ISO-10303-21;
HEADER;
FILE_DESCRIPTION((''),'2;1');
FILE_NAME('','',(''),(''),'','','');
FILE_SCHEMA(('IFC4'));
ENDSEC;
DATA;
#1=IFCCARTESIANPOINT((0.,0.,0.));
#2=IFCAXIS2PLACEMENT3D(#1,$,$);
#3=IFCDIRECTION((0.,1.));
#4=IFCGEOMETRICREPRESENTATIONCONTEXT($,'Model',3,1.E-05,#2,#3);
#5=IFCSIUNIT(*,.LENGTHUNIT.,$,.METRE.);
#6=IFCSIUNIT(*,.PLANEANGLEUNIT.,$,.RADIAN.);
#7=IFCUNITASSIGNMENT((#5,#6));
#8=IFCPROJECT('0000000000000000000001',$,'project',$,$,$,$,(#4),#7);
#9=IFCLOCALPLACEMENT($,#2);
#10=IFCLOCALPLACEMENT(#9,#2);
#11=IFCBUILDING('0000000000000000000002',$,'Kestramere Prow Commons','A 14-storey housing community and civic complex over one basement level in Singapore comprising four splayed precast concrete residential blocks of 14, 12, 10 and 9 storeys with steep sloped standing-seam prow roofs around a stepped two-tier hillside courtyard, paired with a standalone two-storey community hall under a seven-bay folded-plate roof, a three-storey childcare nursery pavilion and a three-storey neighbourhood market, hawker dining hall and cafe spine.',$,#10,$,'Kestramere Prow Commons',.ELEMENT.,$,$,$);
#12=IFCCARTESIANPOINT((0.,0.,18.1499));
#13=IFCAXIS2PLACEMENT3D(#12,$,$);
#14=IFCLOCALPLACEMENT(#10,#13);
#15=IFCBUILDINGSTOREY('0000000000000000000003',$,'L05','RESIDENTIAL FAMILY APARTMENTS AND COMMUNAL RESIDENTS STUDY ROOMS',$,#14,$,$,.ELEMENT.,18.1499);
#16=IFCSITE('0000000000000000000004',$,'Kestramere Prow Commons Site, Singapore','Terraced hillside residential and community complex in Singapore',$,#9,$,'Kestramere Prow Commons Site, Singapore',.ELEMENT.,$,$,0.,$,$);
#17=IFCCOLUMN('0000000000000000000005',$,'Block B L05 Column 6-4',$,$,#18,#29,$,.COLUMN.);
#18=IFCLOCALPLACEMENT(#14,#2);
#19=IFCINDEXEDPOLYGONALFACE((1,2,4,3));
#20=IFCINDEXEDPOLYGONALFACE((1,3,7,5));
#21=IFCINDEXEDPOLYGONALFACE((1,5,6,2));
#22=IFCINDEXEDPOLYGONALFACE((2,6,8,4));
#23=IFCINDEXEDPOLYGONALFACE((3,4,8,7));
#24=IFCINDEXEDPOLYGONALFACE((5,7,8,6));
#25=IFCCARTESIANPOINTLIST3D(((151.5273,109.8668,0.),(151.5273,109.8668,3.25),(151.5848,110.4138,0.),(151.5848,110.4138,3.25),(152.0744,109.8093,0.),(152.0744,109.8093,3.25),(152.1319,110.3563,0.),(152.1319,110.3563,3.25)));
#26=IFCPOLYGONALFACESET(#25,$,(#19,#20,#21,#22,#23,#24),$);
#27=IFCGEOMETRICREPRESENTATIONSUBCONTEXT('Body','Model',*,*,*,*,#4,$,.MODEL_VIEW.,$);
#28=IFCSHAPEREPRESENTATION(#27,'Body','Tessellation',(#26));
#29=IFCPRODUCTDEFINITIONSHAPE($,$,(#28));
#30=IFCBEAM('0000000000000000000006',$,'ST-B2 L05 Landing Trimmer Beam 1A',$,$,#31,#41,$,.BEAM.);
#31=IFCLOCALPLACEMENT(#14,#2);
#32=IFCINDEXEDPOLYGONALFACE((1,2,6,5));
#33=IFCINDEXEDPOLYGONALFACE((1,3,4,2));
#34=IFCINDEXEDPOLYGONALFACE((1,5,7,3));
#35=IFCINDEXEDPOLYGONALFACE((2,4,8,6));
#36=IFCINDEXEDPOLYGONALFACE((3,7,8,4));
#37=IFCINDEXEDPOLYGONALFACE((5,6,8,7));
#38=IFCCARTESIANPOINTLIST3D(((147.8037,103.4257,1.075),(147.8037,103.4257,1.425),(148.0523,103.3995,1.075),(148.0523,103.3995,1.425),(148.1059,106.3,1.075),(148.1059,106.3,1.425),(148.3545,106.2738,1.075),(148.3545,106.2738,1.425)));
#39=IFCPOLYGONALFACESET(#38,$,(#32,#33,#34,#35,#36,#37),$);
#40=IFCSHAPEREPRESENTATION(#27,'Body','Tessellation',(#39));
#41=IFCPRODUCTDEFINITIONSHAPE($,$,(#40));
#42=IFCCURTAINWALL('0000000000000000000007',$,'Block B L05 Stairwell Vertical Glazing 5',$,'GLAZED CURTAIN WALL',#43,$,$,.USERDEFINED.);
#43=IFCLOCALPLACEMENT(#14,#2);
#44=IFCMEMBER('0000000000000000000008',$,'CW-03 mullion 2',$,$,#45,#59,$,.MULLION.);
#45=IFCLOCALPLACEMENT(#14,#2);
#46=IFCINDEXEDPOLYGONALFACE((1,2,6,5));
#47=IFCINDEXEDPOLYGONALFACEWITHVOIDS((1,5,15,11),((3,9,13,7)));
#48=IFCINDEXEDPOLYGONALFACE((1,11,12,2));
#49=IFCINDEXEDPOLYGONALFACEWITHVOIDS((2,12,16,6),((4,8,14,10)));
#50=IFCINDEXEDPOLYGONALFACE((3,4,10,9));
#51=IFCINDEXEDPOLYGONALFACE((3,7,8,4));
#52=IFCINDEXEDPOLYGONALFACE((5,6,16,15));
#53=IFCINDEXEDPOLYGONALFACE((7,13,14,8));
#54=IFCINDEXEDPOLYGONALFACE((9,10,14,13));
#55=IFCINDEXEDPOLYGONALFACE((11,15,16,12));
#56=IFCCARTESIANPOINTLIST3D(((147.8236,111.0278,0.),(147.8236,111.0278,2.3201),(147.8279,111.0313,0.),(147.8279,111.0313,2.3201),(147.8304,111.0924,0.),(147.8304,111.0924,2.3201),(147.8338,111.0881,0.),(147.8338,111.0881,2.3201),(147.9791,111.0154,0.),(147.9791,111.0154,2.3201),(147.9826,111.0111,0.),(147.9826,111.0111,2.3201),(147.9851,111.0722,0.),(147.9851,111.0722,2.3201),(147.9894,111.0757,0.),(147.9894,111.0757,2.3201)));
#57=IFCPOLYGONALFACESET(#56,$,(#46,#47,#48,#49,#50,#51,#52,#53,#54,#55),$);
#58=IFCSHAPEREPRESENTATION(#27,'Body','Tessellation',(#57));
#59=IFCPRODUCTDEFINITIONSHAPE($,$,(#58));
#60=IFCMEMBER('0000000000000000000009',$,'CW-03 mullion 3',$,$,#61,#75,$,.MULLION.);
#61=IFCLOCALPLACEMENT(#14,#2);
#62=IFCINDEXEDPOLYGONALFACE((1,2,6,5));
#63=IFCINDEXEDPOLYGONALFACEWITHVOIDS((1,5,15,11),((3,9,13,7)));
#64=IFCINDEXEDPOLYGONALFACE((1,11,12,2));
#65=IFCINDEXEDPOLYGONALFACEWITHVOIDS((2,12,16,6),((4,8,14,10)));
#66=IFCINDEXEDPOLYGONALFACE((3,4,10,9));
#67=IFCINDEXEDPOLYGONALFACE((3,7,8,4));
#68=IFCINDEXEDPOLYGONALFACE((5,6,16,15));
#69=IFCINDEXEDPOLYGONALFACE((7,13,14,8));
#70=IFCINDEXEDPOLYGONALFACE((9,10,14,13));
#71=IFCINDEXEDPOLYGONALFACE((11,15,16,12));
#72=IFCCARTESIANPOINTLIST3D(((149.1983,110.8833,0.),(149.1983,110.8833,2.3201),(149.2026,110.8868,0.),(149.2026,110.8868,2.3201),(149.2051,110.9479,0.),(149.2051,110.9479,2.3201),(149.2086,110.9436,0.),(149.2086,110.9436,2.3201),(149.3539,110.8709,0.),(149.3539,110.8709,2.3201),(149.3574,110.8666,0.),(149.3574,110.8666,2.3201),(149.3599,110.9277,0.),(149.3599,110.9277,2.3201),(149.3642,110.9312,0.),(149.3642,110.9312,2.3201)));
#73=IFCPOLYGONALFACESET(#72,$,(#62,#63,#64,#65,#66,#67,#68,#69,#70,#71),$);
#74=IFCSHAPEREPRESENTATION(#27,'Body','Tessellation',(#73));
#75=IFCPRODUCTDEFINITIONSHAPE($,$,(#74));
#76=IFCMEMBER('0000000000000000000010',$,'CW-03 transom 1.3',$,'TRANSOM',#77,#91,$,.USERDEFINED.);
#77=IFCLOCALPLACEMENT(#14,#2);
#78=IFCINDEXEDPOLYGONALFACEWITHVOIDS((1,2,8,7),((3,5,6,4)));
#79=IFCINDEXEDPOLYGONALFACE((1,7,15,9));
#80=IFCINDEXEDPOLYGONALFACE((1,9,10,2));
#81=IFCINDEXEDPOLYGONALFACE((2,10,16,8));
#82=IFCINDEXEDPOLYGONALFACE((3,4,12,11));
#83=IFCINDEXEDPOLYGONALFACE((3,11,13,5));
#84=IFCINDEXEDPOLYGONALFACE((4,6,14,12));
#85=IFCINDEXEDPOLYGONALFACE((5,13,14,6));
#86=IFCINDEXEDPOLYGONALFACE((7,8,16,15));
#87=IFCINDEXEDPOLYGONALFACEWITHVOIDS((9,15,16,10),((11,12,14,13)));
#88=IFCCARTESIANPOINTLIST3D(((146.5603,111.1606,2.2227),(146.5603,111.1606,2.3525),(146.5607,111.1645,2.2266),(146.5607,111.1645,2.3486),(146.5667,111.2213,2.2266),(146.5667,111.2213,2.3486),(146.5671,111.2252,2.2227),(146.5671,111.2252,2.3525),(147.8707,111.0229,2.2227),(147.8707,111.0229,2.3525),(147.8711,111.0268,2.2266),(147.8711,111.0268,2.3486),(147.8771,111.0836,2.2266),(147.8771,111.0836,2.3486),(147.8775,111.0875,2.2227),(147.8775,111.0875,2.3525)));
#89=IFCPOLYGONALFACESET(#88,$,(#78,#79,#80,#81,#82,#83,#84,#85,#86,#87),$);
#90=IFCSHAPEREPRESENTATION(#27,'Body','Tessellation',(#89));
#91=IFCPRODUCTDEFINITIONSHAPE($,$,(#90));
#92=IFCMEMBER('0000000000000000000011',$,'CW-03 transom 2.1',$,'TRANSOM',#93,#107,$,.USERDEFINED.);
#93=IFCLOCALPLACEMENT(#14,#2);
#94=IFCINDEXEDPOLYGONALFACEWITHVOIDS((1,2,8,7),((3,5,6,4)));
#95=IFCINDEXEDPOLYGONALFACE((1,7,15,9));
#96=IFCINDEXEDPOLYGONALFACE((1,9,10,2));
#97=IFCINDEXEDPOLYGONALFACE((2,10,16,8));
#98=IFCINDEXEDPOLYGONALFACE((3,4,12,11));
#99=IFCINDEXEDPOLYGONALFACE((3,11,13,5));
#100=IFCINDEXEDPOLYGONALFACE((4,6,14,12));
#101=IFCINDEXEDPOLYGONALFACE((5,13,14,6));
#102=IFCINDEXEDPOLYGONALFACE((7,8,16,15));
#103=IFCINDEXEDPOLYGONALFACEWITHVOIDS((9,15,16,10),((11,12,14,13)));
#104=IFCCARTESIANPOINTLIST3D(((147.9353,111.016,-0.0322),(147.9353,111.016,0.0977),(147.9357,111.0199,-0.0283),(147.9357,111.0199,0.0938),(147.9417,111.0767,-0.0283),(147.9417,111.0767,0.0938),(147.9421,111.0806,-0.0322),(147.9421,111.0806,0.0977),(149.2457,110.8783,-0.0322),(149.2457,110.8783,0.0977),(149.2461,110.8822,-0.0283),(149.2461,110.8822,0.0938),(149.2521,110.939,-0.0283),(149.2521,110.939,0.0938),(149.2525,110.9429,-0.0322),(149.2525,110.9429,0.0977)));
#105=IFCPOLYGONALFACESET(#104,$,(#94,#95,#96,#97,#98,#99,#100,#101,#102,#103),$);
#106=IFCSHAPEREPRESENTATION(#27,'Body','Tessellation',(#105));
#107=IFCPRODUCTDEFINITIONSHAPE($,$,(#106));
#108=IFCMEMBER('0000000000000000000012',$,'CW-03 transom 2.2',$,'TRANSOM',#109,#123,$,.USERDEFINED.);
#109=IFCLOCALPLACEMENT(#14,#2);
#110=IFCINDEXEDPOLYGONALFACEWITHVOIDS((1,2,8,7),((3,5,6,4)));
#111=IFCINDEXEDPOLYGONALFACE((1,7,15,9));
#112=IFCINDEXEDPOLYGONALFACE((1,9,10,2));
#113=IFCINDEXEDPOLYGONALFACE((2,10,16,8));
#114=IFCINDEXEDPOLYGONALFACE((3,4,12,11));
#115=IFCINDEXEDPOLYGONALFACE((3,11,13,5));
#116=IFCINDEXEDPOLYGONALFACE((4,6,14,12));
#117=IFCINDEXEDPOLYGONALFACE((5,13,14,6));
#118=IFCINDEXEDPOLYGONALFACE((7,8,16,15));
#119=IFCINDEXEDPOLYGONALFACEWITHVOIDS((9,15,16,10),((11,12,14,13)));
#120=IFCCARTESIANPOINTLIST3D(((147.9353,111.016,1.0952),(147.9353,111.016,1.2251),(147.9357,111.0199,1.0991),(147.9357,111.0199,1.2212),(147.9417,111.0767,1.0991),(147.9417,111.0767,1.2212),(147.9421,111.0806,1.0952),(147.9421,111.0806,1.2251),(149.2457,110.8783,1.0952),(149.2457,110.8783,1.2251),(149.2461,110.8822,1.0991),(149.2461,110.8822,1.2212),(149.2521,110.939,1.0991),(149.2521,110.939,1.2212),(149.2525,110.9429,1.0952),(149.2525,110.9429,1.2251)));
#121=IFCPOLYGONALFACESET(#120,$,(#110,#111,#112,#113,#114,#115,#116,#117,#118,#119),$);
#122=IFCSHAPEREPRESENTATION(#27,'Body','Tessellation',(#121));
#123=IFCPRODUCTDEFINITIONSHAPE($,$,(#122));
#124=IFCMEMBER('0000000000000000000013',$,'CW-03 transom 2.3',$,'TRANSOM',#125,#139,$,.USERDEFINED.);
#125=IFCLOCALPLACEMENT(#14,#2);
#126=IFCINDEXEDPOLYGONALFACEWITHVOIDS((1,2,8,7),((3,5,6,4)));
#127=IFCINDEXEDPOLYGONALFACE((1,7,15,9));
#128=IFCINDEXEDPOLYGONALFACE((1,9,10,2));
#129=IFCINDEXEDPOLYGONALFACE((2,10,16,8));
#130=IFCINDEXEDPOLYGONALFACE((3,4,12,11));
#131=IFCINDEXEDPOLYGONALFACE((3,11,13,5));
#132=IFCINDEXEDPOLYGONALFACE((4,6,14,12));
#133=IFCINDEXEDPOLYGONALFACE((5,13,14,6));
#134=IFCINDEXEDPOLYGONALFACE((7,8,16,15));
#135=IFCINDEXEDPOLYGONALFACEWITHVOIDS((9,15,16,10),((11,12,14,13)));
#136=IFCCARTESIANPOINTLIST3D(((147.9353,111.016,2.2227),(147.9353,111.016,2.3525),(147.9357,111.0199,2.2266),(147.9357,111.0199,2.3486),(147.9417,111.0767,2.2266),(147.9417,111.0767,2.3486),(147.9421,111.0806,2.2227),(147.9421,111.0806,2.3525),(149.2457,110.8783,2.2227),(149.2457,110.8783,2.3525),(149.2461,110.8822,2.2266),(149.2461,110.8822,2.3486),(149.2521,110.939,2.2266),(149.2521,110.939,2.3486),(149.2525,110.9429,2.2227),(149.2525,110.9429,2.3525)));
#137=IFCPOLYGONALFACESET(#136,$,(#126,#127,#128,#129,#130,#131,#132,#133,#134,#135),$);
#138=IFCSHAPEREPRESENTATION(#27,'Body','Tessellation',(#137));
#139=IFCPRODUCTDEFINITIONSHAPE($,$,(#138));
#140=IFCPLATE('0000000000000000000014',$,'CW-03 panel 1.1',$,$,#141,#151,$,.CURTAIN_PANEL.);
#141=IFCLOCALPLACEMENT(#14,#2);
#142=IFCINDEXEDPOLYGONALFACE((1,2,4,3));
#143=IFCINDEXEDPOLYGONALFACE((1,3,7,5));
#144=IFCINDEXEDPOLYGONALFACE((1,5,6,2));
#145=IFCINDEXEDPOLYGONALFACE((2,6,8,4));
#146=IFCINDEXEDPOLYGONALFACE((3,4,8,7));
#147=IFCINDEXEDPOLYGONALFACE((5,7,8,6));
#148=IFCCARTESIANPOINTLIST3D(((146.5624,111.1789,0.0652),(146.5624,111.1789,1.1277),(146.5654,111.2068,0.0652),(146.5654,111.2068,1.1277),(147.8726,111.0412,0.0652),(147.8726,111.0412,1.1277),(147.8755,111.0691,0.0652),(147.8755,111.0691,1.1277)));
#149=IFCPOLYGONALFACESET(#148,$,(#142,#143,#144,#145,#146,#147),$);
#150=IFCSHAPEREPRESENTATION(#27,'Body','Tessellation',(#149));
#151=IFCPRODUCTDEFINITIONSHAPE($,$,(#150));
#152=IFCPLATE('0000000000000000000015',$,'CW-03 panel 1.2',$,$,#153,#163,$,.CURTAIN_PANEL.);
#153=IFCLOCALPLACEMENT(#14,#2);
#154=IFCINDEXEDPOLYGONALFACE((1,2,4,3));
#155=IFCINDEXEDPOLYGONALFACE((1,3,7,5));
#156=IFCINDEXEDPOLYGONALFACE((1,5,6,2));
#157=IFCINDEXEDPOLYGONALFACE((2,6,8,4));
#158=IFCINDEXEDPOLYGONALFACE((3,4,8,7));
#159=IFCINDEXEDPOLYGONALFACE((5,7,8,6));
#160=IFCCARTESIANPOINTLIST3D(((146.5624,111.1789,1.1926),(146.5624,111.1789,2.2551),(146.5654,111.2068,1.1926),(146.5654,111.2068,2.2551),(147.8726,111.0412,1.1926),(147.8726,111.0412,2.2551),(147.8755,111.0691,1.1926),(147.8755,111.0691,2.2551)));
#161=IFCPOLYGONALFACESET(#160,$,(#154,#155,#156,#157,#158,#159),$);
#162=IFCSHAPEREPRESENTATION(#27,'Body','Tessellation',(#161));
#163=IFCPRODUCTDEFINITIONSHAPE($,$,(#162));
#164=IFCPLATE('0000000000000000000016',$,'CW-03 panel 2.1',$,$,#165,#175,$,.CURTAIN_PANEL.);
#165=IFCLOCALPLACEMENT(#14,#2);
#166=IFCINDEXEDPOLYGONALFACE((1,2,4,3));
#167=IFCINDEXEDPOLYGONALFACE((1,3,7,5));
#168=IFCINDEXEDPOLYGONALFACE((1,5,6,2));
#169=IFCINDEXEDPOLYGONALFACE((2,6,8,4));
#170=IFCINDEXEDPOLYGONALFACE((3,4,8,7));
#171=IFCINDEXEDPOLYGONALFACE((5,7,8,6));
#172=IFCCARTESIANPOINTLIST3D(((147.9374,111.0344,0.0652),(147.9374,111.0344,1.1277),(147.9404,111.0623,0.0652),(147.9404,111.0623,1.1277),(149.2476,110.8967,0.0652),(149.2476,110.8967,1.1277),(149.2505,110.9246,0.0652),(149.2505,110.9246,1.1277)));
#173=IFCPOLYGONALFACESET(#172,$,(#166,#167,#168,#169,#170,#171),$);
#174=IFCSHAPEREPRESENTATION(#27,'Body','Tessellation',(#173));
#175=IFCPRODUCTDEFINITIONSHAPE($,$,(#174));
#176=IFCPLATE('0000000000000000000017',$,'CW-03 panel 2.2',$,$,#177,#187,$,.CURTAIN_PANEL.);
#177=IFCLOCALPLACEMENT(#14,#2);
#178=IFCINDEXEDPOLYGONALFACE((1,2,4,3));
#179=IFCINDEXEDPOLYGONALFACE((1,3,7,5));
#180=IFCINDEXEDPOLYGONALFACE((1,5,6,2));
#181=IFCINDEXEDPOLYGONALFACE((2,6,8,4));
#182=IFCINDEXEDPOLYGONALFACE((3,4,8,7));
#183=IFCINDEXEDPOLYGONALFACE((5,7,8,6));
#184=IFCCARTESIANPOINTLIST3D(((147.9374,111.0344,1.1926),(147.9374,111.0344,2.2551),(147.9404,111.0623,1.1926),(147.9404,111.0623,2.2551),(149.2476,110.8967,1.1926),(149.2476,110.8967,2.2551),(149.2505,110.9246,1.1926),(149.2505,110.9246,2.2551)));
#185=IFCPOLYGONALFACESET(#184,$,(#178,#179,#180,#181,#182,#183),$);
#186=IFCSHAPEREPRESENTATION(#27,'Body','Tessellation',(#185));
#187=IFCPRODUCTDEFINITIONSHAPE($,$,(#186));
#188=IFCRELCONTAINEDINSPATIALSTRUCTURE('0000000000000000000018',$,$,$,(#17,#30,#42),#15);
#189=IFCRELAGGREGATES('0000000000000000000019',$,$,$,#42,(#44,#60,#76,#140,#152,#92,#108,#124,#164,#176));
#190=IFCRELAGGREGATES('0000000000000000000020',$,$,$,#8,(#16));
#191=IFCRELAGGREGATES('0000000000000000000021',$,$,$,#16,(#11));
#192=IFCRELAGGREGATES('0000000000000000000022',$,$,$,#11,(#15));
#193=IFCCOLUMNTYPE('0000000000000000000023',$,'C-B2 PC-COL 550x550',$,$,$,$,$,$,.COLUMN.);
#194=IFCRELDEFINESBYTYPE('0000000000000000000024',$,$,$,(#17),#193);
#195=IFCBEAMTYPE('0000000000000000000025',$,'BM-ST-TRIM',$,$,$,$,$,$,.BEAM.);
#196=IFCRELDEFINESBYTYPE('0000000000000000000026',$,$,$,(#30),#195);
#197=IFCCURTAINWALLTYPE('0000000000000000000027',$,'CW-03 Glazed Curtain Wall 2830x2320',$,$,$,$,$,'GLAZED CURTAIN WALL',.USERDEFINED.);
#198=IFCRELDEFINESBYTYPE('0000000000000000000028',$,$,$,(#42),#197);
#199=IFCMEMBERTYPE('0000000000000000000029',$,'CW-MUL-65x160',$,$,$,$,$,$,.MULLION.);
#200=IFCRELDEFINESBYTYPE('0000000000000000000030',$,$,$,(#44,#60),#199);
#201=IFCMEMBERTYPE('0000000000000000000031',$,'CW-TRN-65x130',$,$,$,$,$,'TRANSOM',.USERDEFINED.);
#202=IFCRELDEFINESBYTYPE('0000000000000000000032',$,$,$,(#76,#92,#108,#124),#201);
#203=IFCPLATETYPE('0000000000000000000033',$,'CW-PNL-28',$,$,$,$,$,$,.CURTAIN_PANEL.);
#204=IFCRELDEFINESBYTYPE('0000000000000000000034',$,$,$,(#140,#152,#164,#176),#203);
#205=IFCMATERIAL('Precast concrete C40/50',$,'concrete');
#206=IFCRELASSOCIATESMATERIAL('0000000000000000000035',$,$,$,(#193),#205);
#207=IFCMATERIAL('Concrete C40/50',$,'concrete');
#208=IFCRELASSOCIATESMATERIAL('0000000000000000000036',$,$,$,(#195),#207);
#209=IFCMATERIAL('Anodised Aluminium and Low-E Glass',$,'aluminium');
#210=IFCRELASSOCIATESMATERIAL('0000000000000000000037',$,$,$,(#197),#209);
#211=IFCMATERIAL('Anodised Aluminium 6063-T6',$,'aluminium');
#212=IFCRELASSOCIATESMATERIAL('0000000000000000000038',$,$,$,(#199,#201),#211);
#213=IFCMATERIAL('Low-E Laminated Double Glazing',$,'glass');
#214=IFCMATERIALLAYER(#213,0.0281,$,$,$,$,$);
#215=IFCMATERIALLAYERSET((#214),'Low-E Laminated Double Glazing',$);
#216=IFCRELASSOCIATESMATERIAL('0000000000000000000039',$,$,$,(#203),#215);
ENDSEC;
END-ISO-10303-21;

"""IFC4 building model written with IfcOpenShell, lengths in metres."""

from ifc_helpers import new_model, si_unit, direction, frame, origin, origin_2d, place, context, subcontext, project, spatial, rectangle, hollow_rectangle, extrude, material, layer, layer_set, material_profile, profile_set, type_object, element, aggregate, save


model = new_model("IFC4")

# Units and contexts
model_context = context("Model", 3, precision=1e-05, world=origin(), true_north=direction((0.0, 1.0)))
body_context = subcontext(model_context, "Body", "Model", "MODEL_VIEW")
ifc_project = project(units=[si_unit("LENGTHUNIT", "METRE"), si_unit("PLANEANGLEUNIT", "RADIAN")], contexts=[model_context])

# Site, building, storey
site_placement = place(None, origin())
site = spatial("IfcSite", under=ifc_project, at=site_placement, Name="Kestramere Prow Commons Site, Singapore", Description="Terraced hillside residential and community complex in Singapore", LongName="Kestramere Prow Commons Site, Singapore", CompositionType="ELEMENT", RefElevation=0.0)
building_placement = place(site_placement, origin())
building = spatial("IfcBuilding", under=site, at=building_placement, Name="Kestramere Prow Commons", Description="A 14-storey housing community and civic complex over one basement level in Singapore comprising four splayed precast concrete residential blocks of 14, 12, 10 and 9 storeys with steep sloped standing-seam prow roofs around a stepped two-tier hillside courtyard, paired with a standalone two-storey community hall under a seven-bay folded-plate roof, a three-storey childcare nursery pavilion and a three-storey neighbourhood market, hawker dining hall and cafe spine.", LongName="Kestramere Prow Commons", CompositionType="ELEMENT")
storey_placement = place(building_placement, frame((0.0, 0.0, 18.1499)))
storey = spatial("IfcBuildingStorey", under=building, at=storey_placement, Name="L05", Description="RESIDENTIAL FAMILY APARTMENTS AND COMMUNAL RESIDENTS STUDY ROOMS", CompositionType="ELEMENT", Elevation=18.1499)

# Column
ifc_material_1 = material(Name="Precast concrete C40/50", Category="concrete")
ifc_material_profile_1 = material_profile(ifc_material_1, rectangle(XDim=0.55, YDim=0.55, at=origin_2d()), Name="PC-COL 550x550")
ifc_profile_set_1 = profile_set([ifc_material_profile_1], Name="Precast concrete C40/50")
column_type = type_object("IfcColumnType", Name="C-B2 PC-COL 550x550", PredefinedType="COLUMN", material=ifc_profile_set_1)
column_placement = place(storey_placement, frame((151.8296, 110.1116, 0.0), z_axis=(0.0, 0.0, 1.0), x_axis=(0.994522, -0.104528, 0.0)))
element("IfcColumn", 1, at=column_placement, inside=storey, type_object=column_type, Name="Block B L05 Column 6-4", PredefinedType="COLUMN", context=body_context, shape_type="SweptSolid", body=[
    extrude(rectangle(XDim=0.55, YDim=0.55, at=origin_2d()), origin(), (0.0, 0.0, 1.0), 3.25),
])

# Beam
ifc_material_2 = material(Name="Concrete C40/50", Category="concrete")
ifc_material_profile_2 = material_profile(ifc_material_2, rectangle(XDim=0.25, YDim=0.3501, at=origin_2d()), Name="PC-BM 250x350")
ifc_profile_set_2 = profile_set([ifc_material_profile_2], Name="Concrete C40/50")
beam_type = type_object("IfcBeamType", Name="BM-ST-TRIM", PredefinedType="BEAM", material=ifc_profile_set_2)
beam_placement = place(storey_placement, frame((147.928, 103.4126, 1.25), z_axis=(0.104579, 0.994517, 0.0), x_axis=(-0.994517, 0.104579, 0.0)))
element("IfcBeam", 2, at=beam_placement, inside=storey, type_object=beam_type, Name="ST-B2 L05 Landing Trimmer Beam 1A", PredefinedType="BEAM", context=body_context, shape_type="SweptSolid", body=[
    extrude(rectangle(XDim=0.25, YDim=0.3501, at=origin_2d()), origin(), (0.0, 0.0, 1.0), 2.8901),
])

# Curtain wall, members, plates
ifc_material_3 = material(Name="Anodised Aluminium and Low-E Glass", Category="aluminium")
curtain_wall_type = type_object("IfcCurtainWallType", Name="CW-03 Glazed Curtain Wall 2830x2320", ElementType="GLAZED CURTAIN WALL", PredefinedType="USERDEFINED", material=ifc_material_3)
curtain_wall_placement = place(storey_placement, origin())
curtain_wall = element("IfcCurtainWall", 3, at=curtain_wall_placement, inside=storey, type_object=curtain_wall_type, Name="Block B L05 Stairwell Vertical Glazing 5", ObjectType="GLAZED CURTAIN WALL", PredefinedType="USERDEFINED")
ifc_material_4 = material(Name="Anodised Aluminium 6063-T6", Category="aluminium")
ifc_material_profile_3 = material_profile(ifc_material_4, hollow_rectangle(XDim=0.0649, YDim=0.1599, WallThickness=0.0039, at=origin_2d()), Name="ALU-MUL 65x160")
ifc_profile_set_3 = profile_set([ifc_material_profile_3], Name="Anodised Aluminium 6063-T6")
member_type_1 = type_object("IfcMemberType", Name="CW-MUL-65x160", PredefinedType="MULLION", material=ifc_profile_set_3)
member_1_placement = place(storey_placement, frame((147.9065, 111.0518, 0.0), z_axis=(0.0, 0.0, 1.0), x_axis=(0.104528, 0.994522, 0.0)))
member_1 = element("IfcMember", 4, at=member_1_placement, type_object=member_type_1, Name="CW-03 mullion 2", PredefinedType="MULLION", context=body_context, shape_type="SweptSolid", body=[
    extrude(hollow_rectangle(XDim=0.0649, YDim=0.1599, WallThickness=0.0039, at=origin_2d()), origin(), (0.0, 0.0, 1.0), 2.3201),
])
member_2_placement = place(storey_placement, frame((149.2812, 110.9072, 0.0), z_axis=(0.0, 0.0, 1.0), x_axis=(0.104528, 0.994522, 0.0)))
member_2 = element("IfcMember", 5, at=member_2_placement, type_object=member_type_1, Name="CW-03 mullion 3", PredefinedType="MULLION", context=body_context, shape_type="SweptSolid", body=[
    extrude(hollow_rectangle(XDim=0.0649, YDim=0.1599, WallThickness=0.0039, at=origin_2d()), origin(), (0.0, 0.0, 1.0), 2.3201),
])
ifc_material_profile_4 = material_profile(ifc_material_4, hollow_rectangle(XDim=0.0649, YDim=0.1299, WallThickness=0.0039, at=origin_2d()), Name="ALU-TRN 65x130")
ifc_profile_set_4 = profile_set([ifc_material_profile_4], Name="Anodised Aluminium 6063-T6")
member_type_2 = type_object("IfcMemberType", Name="CW-TRN-65x130", ElementType="TRANSOM", PredefinedType="USERDEFINED", material=ifc_profile_set_4)
member_3_placement = place(storey_placement, frame((146.5637, 111.1929, 2.2876), z_axis=(0.994524, -0.104511, 0.0), x_axis=(0.104511, 0.994524, 0.0)))
member_3 = element("IfcMember", 6, at=member_3_placement, type_object=member_type_2, Name="CW-03 transom 1.3", ObjectType="TRANSOM", PredefinedType="USERDEFINED", context=body_context, shape_type="SweptSolid", body=[
    extrude(hollow_rectangle(XDim=0.0649, YDim=0.1299, WallThickness=0.0039, at=origin_2d()), origin(), (0.0, 0.0, 1.0), 1.3176),
])
member_4_placement = place(storey_placement, frame((147.9387, 111.0483, 0.0327), z_axis=(0.994524, -0.104511, 0.0), x_axis=(0.104511, 0.994524, 0.0)))
member_4 = element("IfcMember", 7, at=member_4_placement, type_object=member_type_2, Name="CW-03 transom 2.1", ObjectType="TRANSOM", PredefinedType="USERDEFINED", context=body_context, shape_type="SweptSolid", body=[
    extrude(hollow_rectangle(XDim=0.0649, YDim=0.1299, WallThickness=0.0039, at=origin_2d()), origin(), (0.0, 0.0, 1.0), 1.3176),
])
member_5_placement = place(storey_placement, frame((147.9387, 111.0483, 1.1602), z_axis=(0.994524, -0.104511, 0.0), x_axis=(0.104511, 0.994524, 0.0)))
member_5 = element("IfcMember", 8, at=member_5_placement, type_object=member_type_2, Name="CW-03 transom 2.2", ObjectType="TRANSOM", PredefinedType="USERDEFINED", context=body_context, shape_type="SweptSolid", body=[
    extrude(hollow_rectangle(XDim=0.0649, YDim=0.1299, WallThickness=0.0039, at=origin_2d()), origin(), (0.0, 0.0, 1.0), 1.3176),
])
member_6_placement = place(storey_placement, frame((147.9387, 111.0483, 2.2876), z_axis=(0.994524, -0.104511, 0.0), x_axis=(0.104511, 0.994524, 0.0)))
member_6 = element("IfcMember", 9, at=member_6_placement, type_object=member_type_2, Name="CW-03 transom 2.3", ObjectType="TRANSOM", PredefinedType="USERDEFINED", context=body_context, shape_type="SweptSolid", body=[
    extrude(hollow_rectangle(XDim=0.0649, YDim=0.1299, WallThickness=0.0039, at=origin_2d()), origin(), (0.0, 0.0, 1.0), 1.3176),
])
ifc_material_5 = material(Name="Low-E Laminated Double Glazing", Category="glass")
ifc_layer_1 = layer(ifc_material_5, 0.0281)
ifc_layer_set_1 = layer_set([ifc_layer_1], Name="Low-E Laminated Double Glazing")
plate_type = type_object("IfcPlateType", Name="CW-PNL-28", PredefinedType="CURTAIN_PANEL", material=ifc_layer_set_1)
plate_1_placement = place(storey_placement, frame((147.219, 111.124, 0.0652), z_axis=(0.0, 0.0, 1.0), x_axis=(0.994522, -0.104528, 0.0)))
plate_1 = element("IfcPlate", 10, at=plate_1_placement, type_object=plate_type, Name="CW-03 panel 1.1", PredefinedType="CURTAIN_PANEL", context=body_context, shape_type="SweptSolid", body=[
    extrude(rectangle(XDim=1.3174, YDim=0.0281, at=origin_2d()), origin(), (0.0, 0.0, 1.0), 1.0625),
])
plate_2_placement = place(storey_placement, frame((147.219, 111.124, 1.1926), z_axis=(0.0, 0.0, 1.0), x_axis=(0.994522, -0.104528, 0.0)))
plate_2 = element("IfcPlate", 11, at=plate_2_placement, type_object=plate_type, Name="CW-03 panel 1.2", PredefinedType="CURTAIN_PANEL", context=body_context, shape_type="SweptSolid", body=[
    extrude(rectangle(XDim=1.3174, YDim=0.0281, at=origin_2d()), origin(), (0.0, 0.0, 1.0), 1.0625),
])
plate_3_placement = place(storey_placement, frame((148.594, 110.9795, 0.0652), z_axis=(0.0, 0.0, 1.0), x_axis=(0.994522, -0.104528, 0.0)))
plate_3 = element("IfcPlate", 12, at=plate_3_placement, type_object=plate_type, Name="CW-03 panel 2.1", PredefinedType="CURTAIN_PANEL", context=body_context, shape_type="SweptSolid", body=[
    extrude(rectangle(XDim=1.3174, YDim=0.0281, at=origin_2d()), origin(), (0.0, 0.0, 1.0), 1.0625),
])
plate_4_placement = place(storey_placement, frame((148.594, 110.9795, 1.1926), z_axis=(0.0, 0.0, 1.0), x_axis=(0.994522, -0.104528, 0.0)))
plate_4 = element("IfcPlate", 13, at=plate_4_placement, type_object=plate_type, Name="CW-03 panel 2.2", PredefinedType="CURTAIN_PANEL", context=body_context, shape_type="SweptSolid", body=[
    extrude(rectangle(XDim=1.3174, YDim=0.0281, at=origin_2d()), origin(), (0.0, 0.0, 1.0), 1.0625),
])
aggregate(curtain_wall, [member_1, member_2, member_3, plate_1, plate_2, member_4, member_5, member_6, plate_3, plate_4])

save(model, "model.ifc")
